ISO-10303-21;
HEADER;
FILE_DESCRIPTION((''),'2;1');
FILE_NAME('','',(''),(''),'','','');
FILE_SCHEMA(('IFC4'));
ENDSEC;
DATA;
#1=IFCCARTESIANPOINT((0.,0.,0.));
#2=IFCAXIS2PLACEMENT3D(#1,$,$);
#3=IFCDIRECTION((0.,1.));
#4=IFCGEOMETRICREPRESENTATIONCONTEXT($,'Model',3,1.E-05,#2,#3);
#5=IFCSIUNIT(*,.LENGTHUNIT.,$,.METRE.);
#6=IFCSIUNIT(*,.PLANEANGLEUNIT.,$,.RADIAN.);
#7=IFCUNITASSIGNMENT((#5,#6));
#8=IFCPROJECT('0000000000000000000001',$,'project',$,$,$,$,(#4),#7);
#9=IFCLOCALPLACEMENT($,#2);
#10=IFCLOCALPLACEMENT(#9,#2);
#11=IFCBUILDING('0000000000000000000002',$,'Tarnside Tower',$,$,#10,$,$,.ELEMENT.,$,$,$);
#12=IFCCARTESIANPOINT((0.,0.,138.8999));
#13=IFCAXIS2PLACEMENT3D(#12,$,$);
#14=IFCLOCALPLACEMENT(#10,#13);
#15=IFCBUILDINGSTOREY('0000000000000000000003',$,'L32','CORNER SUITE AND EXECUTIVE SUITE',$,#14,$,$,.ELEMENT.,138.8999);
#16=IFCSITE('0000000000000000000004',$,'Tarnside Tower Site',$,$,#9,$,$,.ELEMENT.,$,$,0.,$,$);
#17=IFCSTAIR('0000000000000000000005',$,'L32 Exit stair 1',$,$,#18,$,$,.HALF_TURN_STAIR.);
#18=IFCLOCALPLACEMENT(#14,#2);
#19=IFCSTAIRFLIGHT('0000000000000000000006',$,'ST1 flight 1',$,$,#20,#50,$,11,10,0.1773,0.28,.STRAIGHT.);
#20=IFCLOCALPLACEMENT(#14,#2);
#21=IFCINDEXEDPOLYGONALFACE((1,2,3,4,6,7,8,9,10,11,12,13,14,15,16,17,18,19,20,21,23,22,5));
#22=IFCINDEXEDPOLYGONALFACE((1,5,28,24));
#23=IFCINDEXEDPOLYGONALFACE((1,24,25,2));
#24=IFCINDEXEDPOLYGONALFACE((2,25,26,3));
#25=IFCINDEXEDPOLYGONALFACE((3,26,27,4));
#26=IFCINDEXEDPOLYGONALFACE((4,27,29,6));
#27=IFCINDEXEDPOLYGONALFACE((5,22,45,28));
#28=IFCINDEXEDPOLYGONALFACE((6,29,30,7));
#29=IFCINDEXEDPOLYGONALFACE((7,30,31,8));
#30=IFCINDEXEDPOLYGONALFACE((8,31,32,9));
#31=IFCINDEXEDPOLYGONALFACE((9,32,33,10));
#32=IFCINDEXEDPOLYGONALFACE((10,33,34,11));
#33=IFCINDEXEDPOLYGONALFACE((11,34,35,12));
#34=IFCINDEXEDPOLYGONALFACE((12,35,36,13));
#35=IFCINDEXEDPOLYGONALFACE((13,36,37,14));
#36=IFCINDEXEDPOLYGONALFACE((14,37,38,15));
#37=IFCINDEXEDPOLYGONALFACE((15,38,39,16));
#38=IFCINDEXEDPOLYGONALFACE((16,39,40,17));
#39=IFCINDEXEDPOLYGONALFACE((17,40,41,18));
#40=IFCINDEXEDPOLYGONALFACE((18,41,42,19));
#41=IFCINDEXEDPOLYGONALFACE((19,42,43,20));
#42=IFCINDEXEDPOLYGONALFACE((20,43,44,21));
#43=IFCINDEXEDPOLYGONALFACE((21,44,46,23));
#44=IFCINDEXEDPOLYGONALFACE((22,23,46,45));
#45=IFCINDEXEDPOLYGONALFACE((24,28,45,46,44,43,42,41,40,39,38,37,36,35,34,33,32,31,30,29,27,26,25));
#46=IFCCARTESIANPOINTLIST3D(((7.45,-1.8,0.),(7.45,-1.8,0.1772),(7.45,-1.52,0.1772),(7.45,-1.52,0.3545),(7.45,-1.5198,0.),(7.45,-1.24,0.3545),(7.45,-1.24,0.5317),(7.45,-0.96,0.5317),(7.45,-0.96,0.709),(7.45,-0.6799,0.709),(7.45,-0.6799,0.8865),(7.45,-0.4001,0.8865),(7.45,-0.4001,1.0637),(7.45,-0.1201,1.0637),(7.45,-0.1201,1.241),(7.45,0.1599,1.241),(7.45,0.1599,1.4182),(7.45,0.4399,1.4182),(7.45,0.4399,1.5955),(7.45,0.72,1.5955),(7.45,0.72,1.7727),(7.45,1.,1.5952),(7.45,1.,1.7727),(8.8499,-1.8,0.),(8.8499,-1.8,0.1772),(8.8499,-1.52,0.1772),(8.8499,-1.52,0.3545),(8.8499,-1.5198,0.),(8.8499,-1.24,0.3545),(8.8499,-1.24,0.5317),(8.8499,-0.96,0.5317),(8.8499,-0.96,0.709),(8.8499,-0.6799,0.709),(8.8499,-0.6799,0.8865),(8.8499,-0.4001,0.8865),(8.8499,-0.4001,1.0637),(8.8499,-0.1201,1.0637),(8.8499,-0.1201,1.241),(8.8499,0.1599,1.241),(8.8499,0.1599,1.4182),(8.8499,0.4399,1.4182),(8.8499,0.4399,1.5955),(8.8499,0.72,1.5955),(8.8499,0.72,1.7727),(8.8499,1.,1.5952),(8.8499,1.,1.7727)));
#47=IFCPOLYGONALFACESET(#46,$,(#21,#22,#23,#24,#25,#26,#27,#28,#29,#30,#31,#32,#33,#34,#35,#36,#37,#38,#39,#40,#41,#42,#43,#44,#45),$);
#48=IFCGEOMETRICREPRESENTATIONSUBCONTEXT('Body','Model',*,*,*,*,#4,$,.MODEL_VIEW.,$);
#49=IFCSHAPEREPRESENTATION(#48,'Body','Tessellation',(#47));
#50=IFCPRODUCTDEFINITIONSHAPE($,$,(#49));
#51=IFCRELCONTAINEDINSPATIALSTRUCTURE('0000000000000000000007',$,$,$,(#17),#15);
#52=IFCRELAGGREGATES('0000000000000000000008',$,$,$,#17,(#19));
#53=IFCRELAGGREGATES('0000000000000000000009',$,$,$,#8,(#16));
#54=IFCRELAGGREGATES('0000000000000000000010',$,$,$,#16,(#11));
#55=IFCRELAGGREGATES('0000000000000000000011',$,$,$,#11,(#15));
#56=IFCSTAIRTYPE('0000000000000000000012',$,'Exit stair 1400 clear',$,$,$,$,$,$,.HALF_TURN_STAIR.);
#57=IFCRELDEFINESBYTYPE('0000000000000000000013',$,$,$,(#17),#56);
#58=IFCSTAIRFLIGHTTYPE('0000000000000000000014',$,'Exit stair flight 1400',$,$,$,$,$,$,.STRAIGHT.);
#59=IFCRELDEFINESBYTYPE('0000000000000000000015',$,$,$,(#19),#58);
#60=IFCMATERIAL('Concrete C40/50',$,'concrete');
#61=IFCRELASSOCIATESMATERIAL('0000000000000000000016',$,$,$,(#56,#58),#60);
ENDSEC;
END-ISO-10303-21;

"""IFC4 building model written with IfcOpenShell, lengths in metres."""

from ifc_helpers import new_model, si_unit, direction, frame, origin, place, context, subcontext, project, spatial, polyline, outline, extrude, material, type_object, element, aggregate, save


model = new_model("IFC4")

# Units and contexts
model_context = context("Model", 3, precision=1e-05, world=origin(), true_north=direction((0.0, 1.0)))
body_context = subcontext(model_context, "Body", "Model", "MODEL_VIEW")
ifc_project = project(units=[si_unit("LENGTHUNIT", "METRE"), si_unit("PLANEANGLEUNIT", "RADIAN")], contexts=[model_context])

# Site, building, storey
site_placement = place(None, origin())
site = spatial("IfcSite", under=ifc_project, at=site_placement, Name="Tarnside Tower Site", CompositionType="ELEMENT", RefElevation=0.0)
building_placement = place(site_placement, origin())
building = spatial("IfcBuilding", under=site, at=building_placement, Name="Tarnside Tower", CompositionType="ELEMENT")
storey_placement = place(building_placement, frame((0.0, 0.0, 138.8999)))
storey = spatial("IfcBuildingStorey", under=building, at=storey_placement, Name="L32", Description="CORNER SUITE AND EXECUTIVE SUITE", CompositionType="ELEMENT", Elevation=138.8999)

# Shared definitions
ifc_material_1 = material(Name="Concrete C40/50", Category="concrete")

# Shared definitions
stair_type = type_object("IfcStairType", Name="Exit stair 1400 clear", PredefinedType="HALF_TURN_STAIR", material=ifc_material_1)

# Stair, stair flight
stair_1_placement = place(storey_placement, origin())
stair_1 = element("IfcStair", 1, at=stair_1_placement, inside=storey, type_object=stair_type, Name="L32 Exit stair 1", PredefinedType="HALF_TURN_STAIR")
stair_flight_type = type_object("IfcStairFlightType", Name="Exit stair flight 1400", PredefinedType="STRAIGHT", material=ifc_material_1)
stair_flight_placement = place(storey_placement, frame((8.1499, -1.8, 0.0), z_axis=(0.0, 0.0, 1.0), x_axis=(0.0, 1.0, 0.0)))
stair_flight = element("IfcStairFlight", 2, at=stair_flight_placement, type_object=stair_flight_type, Name="ST1 flight 1", NumberOfRisers=11, NumberOfTreads=10, PredefinedType="STRAIGHT", RiserHeight=0.1773, TreadLength=0.28, context=body_context, shape_type="SweptSolid", body=[
    extrude(outline(polyline([(0.0, 0.0), (0.0, 0.1772), (0.28, 0.1772), (0.28, 0.3545), (0.5601, 0.3545), (0.5601, 0.5317), (0.8401, 0.5317), (0.8401, 0.709), (1.1201, 0.709), (1.1201, 0.8865), (1.3999, 0.8865), (1.3999, 1.0637), (1.6799, 1.0637), (1.6799, 1.241), (1.96, 1.241), (1.96, 1.4182), (2.24, 1.4182), (2.24, 1.5955), (2.52, 1.5955), (2.52, 1.7727), (2.8, 1.7727), (2.8, 1.95), (2.8, 1.5952), (0.2803, 0.0), (0.0, 0.0)])), frame((0.0, 0.7, 0.0), z_axis=(0.0, -1.0, 0.0), x_axis=(1.0, 0.0, 0.0)), (0.0, 0.0, 1.0), 1.3999),
])
aggregate(stair_1, [stair_flight])

save(model, "model.ifc")
